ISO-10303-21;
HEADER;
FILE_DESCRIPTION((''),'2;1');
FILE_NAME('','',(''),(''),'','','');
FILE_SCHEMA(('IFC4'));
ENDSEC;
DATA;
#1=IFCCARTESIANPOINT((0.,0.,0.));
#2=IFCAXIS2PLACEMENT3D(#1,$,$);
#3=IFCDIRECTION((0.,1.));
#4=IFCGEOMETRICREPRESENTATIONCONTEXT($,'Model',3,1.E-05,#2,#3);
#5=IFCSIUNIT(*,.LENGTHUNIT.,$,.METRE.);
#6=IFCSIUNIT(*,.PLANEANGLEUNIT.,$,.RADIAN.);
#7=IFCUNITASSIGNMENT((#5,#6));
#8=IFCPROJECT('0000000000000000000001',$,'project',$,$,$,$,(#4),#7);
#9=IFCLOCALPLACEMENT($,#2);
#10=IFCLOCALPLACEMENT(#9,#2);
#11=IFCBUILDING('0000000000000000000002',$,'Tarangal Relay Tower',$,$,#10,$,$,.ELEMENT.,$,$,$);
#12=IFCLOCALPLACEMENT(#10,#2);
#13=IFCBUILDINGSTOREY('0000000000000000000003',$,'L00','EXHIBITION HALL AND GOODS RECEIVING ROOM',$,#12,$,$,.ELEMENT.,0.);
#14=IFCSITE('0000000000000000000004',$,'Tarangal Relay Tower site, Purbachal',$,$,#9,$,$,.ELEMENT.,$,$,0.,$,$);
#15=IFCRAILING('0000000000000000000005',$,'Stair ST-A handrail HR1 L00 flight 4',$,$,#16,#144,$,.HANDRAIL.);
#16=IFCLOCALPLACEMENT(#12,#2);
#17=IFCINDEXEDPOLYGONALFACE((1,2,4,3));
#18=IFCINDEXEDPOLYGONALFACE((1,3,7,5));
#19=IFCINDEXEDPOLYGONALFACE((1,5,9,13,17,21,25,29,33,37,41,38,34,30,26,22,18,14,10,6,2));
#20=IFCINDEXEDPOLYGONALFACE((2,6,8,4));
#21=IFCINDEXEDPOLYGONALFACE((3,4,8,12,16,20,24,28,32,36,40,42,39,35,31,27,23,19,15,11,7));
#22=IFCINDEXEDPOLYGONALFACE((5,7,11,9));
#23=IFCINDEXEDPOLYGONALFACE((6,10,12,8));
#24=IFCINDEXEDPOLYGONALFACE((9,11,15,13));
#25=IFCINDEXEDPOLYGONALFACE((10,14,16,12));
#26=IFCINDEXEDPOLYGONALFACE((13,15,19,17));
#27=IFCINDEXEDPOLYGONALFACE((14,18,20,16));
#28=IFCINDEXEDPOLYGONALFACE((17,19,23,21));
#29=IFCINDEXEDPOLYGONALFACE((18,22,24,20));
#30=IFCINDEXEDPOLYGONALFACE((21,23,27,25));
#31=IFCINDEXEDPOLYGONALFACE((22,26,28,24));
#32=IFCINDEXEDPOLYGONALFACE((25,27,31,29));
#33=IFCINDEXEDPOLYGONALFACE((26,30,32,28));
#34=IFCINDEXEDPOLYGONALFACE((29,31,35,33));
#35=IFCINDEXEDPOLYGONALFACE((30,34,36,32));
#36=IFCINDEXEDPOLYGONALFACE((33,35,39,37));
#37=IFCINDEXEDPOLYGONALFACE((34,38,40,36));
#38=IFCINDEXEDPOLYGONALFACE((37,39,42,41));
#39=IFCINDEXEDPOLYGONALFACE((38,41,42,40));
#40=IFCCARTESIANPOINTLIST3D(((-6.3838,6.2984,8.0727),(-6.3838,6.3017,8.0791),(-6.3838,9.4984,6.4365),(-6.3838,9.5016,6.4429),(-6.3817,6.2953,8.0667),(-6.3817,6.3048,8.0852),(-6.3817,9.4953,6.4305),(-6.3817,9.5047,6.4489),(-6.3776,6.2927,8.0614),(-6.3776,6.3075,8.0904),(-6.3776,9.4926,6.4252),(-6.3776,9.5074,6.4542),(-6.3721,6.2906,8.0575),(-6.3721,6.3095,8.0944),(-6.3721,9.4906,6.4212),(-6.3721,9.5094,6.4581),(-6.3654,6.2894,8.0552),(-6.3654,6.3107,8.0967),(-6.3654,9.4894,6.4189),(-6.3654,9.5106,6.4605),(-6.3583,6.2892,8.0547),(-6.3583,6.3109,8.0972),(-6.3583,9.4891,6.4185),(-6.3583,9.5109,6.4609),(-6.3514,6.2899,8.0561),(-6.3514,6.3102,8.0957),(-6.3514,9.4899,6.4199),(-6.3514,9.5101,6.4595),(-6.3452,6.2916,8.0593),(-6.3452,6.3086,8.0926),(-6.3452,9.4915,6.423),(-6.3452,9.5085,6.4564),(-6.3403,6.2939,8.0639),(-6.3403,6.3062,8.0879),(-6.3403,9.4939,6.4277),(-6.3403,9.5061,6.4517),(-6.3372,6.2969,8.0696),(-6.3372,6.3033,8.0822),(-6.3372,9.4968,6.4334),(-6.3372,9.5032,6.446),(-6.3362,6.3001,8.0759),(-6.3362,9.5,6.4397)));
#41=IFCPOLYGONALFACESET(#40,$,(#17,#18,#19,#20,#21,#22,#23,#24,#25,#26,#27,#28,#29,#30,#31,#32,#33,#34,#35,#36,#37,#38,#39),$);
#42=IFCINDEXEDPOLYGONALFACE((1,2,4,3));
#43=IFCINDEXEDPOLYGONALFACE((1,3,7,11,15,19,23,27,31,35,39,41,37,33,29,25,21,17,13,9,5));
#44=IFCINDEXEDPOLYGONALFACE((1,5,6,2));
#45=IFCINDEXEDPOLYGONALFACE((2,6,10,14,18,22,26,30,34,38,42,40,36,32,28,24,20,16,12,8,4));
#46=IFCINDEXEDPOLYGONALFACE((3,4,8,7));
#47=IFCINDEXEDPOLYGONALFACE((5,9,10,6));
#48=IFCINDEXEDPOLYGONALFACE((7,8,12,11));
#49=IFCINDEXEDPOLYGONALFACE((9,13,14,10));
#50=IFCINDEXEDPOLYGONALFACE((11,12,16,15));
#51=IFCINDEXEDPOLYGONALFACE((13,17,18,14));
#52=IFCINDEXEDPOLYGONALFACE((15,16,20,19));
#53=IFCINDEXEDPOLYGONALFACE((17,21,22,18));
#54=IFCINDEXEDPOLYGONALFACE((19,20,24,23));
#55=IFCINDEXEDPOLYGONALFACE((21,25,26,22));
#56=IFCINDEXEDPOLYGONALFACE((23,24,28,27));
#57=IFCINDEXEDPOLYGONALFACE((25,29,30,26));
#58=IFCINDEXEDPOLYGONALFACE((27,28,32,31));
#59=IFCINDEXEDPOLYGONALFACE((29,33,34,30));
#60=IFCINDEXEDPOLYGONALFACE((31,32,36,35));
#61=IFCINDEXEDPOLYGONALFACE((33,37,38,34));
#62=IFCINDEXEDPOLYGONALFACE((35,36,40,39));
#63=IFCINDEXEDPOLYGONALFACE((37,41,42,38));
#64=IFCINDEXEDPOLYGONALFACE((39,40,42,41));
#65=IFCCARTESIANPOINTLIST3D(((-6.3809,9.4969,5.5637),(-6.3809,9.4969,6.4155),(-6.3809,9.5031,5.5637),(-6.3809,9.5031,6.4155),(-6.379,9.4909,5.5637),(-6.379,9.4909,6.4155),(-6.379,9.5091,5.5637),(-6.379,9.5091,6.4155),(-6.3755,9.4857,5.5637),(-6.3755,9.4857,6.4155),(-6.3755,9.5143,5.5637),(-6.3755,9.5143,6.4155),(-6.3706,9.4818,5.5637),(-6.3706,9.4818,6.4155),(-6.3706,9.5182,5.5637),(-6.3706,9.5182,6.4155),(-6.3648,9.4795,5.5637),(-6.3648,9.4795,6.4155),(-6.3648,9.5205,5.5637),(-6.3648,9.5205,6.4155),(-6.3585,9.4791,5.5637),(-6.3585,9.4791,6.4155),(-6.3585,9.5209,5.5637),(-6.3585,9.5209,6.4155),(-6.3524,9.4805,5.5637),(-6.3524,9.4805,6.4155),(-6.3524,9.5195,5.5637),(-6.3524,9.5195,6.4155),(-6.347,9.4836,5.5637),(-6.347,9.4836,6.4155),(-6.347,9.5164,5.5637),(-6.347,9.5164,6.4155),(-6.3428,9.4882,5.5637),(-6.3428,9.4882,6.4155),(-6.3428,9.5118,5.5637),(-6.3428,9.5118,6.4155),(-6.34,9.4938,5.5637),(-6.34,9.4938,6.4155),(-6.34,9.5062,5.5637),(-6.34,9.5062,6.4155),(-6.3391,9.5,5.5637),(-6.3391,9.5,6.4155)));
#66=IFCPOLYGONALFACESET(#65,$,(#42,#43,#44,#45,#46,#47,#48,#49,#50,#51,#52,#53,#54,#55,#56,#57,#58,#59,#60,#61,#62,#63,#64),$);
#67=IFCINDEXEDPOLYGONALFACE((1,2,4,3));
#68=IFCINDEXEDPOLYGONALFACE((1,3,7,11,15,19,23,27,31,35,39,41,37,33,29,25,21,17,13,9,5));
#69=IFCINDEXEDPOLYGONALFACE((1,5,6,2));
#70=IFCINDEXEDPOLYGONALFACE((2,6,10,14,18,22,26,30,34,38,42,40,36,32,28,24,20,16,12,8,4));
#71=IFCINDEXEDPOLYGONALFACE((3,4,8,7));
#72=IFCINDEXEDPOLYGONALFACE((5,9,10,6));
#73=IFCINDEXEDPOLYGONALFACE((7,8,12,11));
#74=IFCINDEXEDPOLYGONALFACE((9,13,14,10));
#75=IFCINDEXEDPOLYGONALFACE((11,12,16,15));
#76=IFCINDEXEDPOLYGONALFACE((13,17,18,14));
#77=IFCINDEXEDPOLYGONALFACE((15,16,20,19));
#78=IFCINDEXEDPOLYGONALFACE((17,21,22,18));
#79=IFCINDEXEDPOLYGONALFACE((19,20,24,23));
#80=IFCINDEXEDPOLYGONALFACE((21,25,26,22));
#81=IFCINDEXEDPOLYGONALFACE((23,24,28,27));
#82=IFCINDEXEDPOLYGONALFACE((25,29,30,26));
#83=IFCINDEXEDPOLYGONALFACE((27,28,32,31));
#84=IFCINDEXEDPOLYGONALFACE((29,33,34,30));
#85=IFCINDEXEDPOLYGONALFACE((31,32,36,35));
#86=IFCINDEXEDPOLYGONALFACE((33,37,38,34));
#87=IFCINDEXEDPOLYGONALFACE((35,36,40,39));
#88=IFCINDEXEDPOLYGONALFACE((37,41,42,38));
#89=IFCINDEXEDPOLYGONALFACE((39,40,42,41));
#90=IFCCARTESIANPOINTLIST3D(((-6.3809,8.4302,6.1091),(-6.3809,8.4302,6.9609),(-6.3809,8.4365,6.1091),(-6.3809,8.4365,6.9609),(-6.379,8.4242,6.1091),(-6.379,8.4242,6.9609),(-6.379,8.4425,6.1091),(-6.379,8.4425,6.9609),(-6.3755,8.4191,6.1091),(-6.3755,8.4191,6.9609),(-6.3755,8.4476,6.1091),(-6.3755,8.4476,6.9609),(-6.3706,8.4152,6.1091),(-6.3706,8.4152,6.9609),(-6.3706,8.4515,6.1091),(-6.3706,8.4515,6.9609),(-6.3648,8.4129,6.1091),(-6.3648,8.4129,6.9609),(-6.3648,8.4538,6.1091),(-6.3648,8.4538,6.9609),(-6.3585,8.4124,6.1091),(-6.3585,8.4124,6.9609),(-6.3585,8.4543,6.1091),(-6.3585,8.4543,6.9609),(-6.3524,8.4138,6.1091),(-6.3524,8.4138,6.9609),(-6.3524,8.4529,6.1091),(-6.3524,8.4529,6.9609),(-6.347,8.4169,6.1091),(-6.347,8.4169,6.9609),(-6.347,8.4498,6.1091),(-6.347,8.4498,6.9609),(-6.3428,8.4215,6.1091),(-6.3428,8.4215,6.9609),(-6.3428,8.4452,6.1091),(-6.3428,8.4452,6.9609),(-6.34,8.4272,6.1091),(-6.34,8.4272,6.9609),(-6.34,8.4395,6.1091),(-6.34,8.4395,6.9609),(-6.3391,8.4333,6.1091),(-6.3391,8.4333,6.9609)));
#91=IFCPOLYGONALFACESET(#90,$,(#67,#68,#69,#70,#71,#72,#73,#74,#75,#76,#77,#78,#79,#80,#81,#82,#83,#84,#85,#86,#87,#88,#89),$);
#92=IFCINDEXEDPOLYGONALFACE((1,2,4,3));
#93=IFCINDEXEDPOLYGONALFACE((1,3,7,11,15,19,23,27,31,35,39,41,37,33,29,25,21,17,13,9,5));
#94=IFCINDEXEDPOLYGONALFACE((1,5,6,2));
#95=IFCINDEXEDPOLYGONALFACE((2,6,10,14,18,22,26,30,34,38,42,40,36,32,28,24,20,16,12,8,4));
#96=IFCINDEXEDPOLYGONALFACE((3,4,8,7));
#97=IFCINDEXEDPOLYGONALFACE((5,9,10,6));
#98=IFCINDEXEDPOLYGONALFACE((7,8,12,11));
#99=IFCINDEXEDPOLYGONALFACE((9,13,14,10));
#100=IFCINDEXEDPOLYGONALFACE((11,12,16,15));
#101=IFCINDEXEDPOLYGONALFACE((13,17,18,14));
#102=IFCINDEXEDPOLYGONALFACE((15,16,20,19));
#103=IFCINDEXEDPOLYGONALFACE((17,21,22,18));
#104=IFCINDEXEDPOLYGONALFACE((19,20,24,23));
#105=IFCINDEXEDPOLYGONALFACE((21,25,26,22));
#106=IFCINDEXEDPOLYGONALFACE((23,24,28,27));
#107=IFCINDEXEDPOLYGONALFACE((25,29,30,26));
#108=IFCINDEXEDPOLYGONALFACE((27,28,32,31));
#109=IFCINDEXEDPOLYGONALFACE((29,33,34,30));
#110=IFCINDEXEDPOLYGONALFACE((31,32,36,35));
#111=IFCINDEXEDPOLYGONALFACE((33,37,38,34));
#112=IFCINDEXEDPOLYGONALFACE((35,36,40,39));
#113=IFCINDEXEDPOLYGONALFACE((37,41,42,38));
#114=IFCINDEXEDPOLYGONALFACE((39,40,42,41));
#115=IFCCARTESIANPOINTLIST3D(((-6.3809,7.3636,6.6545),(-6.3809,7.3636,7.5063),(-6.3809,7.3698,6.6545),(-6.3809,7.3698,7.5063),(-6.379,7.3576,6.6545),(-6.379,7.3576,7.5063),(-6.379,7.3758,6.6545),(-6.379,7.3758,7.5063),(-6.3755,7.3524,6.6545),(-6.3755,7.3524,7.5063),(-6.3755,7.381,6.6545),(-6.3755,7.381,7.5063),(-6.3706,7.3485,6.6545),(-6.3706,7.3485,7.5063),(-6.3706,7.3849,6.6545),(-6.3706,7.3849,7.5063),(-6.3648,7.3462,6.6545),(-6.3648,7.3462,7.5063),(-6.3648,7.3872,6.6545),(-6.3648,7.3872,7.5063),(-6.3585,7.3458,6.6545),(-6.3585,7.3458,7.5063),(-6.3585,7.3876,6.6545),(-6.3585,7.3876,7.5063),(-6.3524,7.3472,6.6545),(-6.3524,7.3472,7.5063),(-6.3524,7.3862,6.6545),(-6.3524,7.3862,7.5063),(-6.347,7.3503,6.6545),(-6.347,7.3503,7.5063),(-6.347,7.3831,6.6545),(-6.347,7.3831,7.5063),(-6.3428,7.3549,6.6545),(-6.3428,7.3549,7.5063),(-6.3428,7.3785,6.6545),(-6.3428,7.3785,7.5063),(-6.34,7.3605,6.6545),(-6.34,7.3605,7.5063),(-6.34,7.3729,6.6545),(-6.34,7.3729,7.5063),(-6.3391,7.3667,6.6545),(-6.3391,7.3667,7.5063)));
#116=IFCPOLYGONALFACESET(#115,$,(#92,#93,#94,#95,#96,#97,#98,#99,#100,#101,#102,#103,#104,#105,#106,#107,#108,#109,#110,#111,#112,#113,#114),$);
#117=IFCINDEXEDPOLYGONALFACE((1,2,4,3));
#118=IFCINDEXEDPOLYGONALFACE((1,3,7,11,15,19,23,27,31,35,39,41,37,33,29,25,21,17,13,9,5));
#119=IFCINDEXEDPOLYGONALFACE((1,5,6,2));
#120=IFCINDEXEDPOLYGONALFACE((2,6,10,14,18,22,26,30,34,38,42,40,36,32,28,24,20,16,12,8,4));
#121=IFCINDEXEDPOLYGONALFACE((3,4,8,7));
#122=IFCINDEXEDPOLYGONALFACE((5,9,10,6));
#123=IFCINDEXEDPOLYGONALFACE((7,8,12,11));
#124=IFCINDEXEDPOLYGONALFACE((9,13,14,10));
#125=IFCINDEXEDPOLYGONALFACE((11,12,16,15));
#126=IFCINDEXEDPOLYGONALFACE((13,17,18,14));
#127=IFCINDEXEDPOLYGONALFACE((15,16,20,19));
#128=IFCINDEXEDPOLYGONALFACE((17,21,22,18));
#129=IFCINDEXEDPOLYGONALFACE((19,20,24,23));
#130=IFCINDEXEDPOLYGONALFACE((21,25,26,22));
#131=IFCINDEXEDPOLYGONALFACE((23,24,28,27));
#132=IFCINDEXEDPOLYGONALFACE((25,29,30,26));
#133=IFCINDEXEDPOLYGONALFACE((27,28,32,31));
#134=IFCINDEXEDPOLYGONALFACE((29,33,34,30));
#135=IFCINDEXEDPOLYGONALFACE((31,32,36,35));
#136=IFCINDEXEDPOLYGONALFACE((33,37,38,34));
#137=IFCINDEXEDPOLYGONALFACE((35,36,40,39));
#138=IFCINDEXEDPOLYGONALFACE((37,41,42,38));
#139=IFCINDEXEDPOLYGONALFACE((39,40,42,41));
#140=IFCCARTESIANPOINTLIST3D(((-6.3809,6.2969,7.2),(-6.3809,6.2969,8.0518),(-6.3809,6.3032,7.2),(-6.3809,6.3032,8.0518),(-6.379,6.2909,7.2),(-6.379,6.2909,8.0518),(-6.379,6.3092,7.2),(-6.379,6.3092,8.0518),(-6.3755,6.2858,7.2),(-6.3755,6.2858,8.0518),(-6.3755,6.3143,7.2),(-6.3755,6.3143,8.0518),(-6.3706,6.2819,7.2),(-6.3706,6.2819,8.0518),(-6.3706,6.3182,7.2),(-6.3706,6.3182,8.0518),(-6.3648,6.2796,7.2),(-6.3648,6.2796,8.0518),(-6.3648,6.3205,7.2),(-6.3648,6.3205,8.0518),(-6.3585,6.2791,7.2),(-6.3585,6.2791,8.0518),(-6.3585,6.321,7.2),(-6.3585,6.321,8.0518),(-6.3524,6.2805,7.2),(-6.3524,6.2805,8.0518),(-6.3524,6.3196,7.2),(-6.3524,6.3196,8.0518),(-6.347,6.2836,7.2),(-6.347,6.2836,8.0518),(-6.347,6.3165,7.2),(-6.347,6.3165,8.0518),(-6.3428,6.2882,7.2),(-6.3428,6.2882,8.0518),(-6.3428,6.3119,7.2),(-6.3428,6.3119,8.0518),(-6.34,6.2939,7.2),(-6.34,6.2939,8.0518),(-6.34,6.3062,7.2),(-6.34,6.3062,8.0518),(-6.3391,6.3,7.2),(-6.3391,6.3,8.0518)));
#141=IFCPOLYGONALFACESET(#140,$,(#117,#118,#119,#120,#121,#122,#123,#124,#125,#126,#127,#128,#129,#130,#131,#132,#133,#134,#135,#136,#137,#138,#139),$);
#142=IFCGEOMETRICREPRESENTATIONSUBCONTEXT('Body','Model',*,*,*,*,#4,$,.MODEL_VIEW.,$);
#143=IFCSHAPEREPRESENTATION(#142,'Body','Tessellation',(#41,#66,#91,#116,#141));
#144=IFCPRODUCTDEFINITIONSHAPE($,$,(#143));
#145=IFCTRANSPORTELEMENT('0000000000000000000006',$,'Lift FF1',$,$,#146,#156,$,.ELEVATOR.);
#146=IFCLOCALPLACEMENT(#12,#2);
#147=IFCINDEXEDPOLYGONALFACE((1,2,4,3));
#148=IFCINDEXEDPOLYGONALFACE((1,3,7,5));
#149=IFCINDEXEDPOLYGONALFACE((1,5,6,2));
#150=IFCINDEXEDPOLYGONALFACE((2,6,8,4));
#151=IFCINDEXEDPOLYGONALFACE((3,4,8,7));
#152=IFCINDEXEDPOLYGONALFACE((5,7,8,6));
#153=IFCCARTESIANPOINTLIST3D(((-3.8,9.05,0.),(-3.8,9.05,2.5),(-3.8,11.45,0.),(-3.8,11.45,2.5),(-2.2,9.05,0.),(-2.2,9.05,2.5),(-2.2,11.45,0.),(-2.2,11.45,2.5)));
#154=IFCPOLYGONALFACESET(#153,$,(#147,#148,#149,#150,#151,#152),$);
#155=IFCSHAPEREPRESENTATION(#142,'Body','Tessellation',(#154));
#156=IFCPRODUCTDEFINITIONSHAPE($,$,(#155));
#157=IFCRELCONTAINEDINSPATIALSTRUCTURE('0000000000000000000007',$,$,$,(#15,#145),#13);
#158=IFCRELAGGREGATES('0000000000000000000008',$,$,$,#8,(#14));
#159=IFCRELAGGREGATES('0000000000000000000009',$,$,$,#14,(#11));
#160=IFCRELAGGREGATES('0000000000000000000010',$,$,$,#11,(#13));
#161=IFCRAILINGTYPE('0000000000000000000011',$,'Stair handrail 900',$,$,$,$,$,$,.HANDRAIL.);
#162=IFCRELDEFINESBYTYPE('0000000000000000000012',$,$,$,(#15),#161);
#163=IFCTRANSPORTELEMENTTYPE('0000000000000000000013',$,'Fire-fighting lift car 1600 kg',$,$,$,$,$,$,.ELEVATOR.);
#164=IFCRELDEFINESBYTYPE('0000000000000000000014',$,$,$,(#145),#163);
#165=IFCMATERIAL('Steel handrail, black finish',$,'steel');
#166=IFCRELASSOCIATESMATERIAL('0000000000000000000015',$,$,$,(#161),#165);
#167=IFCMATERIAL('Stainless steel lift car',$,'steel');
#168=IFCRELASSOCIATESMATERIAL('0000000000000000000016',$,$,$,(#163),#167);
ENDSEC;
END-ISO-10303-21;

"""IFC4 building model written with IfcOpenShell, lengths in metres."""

from ifc_helpers import new_model, si_unit, direction, frame, origin, origin_2d, place, context, subcontext, project, spatial, rectangle, circle, extrude, material, type_object, element, save


model = new_model("IFC4")

# Units and contexts
model_context = context("Model", 3, precision=1e-05, world=origin(), true_north=direction((0.0, 1.0)))
body_context = subcontext(model_context, "Body", "Model", "MODEL_VIEW")
ifc_project = project(units=[si_unit("LENGTHUNIT", "METRE"), si_unit("PLANEANGLEUNIT", "RADIAN")], contexts=[model_context])

# Site, building, storey
site_placement = place(None, origin())
site = spatial("IfcSite", under=ifc_project, at=site_placement, Name="Tarangal Relay Tower site, Purbachal", CompositionType="ELEMENT", RefElevation=0.0)
building_placement = place(site_placement, origin())
building = spatial("IfcBuilding", under=site, at=building_placement, Name="Tarangal Relay Tower", CompositionType="ELEMENT")
storey_placement = place(building_placement, origin())
storey = spatial("IfcBuildingStorey", under=building, at=storey_placement, Name="L00", Description="EXHIBITION HALL AND GOODS RECEIVING ROOM", CompositionType="ELEMENT", Elevation=0.0)

# Railing
ifc_material_1 = material(Name="Steel handrail, black finish", Category="steel")
railing_type_1 = type_object("IfcRailingType", Name="Stair handrail 900", PredefinedType="HANDRAIL", material=ifc_material_1)
railing_1_placement = place(storey_placement, frame((-6.3601, 9.5, 5.5637)))
element("IfcRailing", 1, at=railing_1_placement, inside=storey, type_object=railing_type_1, Name="Stair ST-A handrail HR1 L00 flight 4", PredefinedType="HANDRAIL", context=body_context, shape_type="SweptSolid", body=[
    extrude(circle(Radius=0.0239, at=origin_2d()), frame((0.0, 0.0, 0.876), z_axis=(0.0, -0.890356, 0.455265), x_axis=(1.0, 0.0, 0.0)), (0.0, 0.0, 1.0), 3.594),
    extrude(circle(Radius=0.021, at=origin_2d()), origin(), (0.0, 0.0, 1.0), 0.8518),
    extrude(circle(Radius=0.021, at=origin_2d()), frame((0.0, -1.0667, 0.5454)), (0.0, 0.0, 1.0), 0.8518),
    extrude(circle(Radius=0.021, at=origin_2d()), frame((0.0, -2.1333, 1.0908)), (0.0, 0.0, 1.0), 0.8518),
    extrude(circle(Radius=0.021, at=origin_2d()), frame((0.0, -3.2, 1.6362)), (0.0, 0.0, 1.0), 0.8518),
])

# Transport element
ifc_material_2 = material(Name="Stainless steel lift car", Category="steel")
transport_element_type = type_object("IfcTransportElementType", Name="Fire-fighting lift car 1600 kg", PredefinedType="ELEVATOR", material=ifc_material_2)
transport_element_placement = place(storey_placement, frame((-3.0, 10.25, 0.0), z_axis=(0.0, 0.0, 1.0), x_axis=(1.0, 0.0, 0.0)))
element("IfcTransportElement", 2, at=transport_element_placement, inside=storey, type_object=transport_element_type, Name="Lift FF1", PredefinedType="ELEVATOR", context=body_context, shape_type="SweptSolid", body=[
    extrude(rectangle(XDim=1.6001, YDim=2.3999, at=origin_2d()), origin(), (0.0, 0.0, 1.0), 2.5),
])

save(model, "model.ifc")
